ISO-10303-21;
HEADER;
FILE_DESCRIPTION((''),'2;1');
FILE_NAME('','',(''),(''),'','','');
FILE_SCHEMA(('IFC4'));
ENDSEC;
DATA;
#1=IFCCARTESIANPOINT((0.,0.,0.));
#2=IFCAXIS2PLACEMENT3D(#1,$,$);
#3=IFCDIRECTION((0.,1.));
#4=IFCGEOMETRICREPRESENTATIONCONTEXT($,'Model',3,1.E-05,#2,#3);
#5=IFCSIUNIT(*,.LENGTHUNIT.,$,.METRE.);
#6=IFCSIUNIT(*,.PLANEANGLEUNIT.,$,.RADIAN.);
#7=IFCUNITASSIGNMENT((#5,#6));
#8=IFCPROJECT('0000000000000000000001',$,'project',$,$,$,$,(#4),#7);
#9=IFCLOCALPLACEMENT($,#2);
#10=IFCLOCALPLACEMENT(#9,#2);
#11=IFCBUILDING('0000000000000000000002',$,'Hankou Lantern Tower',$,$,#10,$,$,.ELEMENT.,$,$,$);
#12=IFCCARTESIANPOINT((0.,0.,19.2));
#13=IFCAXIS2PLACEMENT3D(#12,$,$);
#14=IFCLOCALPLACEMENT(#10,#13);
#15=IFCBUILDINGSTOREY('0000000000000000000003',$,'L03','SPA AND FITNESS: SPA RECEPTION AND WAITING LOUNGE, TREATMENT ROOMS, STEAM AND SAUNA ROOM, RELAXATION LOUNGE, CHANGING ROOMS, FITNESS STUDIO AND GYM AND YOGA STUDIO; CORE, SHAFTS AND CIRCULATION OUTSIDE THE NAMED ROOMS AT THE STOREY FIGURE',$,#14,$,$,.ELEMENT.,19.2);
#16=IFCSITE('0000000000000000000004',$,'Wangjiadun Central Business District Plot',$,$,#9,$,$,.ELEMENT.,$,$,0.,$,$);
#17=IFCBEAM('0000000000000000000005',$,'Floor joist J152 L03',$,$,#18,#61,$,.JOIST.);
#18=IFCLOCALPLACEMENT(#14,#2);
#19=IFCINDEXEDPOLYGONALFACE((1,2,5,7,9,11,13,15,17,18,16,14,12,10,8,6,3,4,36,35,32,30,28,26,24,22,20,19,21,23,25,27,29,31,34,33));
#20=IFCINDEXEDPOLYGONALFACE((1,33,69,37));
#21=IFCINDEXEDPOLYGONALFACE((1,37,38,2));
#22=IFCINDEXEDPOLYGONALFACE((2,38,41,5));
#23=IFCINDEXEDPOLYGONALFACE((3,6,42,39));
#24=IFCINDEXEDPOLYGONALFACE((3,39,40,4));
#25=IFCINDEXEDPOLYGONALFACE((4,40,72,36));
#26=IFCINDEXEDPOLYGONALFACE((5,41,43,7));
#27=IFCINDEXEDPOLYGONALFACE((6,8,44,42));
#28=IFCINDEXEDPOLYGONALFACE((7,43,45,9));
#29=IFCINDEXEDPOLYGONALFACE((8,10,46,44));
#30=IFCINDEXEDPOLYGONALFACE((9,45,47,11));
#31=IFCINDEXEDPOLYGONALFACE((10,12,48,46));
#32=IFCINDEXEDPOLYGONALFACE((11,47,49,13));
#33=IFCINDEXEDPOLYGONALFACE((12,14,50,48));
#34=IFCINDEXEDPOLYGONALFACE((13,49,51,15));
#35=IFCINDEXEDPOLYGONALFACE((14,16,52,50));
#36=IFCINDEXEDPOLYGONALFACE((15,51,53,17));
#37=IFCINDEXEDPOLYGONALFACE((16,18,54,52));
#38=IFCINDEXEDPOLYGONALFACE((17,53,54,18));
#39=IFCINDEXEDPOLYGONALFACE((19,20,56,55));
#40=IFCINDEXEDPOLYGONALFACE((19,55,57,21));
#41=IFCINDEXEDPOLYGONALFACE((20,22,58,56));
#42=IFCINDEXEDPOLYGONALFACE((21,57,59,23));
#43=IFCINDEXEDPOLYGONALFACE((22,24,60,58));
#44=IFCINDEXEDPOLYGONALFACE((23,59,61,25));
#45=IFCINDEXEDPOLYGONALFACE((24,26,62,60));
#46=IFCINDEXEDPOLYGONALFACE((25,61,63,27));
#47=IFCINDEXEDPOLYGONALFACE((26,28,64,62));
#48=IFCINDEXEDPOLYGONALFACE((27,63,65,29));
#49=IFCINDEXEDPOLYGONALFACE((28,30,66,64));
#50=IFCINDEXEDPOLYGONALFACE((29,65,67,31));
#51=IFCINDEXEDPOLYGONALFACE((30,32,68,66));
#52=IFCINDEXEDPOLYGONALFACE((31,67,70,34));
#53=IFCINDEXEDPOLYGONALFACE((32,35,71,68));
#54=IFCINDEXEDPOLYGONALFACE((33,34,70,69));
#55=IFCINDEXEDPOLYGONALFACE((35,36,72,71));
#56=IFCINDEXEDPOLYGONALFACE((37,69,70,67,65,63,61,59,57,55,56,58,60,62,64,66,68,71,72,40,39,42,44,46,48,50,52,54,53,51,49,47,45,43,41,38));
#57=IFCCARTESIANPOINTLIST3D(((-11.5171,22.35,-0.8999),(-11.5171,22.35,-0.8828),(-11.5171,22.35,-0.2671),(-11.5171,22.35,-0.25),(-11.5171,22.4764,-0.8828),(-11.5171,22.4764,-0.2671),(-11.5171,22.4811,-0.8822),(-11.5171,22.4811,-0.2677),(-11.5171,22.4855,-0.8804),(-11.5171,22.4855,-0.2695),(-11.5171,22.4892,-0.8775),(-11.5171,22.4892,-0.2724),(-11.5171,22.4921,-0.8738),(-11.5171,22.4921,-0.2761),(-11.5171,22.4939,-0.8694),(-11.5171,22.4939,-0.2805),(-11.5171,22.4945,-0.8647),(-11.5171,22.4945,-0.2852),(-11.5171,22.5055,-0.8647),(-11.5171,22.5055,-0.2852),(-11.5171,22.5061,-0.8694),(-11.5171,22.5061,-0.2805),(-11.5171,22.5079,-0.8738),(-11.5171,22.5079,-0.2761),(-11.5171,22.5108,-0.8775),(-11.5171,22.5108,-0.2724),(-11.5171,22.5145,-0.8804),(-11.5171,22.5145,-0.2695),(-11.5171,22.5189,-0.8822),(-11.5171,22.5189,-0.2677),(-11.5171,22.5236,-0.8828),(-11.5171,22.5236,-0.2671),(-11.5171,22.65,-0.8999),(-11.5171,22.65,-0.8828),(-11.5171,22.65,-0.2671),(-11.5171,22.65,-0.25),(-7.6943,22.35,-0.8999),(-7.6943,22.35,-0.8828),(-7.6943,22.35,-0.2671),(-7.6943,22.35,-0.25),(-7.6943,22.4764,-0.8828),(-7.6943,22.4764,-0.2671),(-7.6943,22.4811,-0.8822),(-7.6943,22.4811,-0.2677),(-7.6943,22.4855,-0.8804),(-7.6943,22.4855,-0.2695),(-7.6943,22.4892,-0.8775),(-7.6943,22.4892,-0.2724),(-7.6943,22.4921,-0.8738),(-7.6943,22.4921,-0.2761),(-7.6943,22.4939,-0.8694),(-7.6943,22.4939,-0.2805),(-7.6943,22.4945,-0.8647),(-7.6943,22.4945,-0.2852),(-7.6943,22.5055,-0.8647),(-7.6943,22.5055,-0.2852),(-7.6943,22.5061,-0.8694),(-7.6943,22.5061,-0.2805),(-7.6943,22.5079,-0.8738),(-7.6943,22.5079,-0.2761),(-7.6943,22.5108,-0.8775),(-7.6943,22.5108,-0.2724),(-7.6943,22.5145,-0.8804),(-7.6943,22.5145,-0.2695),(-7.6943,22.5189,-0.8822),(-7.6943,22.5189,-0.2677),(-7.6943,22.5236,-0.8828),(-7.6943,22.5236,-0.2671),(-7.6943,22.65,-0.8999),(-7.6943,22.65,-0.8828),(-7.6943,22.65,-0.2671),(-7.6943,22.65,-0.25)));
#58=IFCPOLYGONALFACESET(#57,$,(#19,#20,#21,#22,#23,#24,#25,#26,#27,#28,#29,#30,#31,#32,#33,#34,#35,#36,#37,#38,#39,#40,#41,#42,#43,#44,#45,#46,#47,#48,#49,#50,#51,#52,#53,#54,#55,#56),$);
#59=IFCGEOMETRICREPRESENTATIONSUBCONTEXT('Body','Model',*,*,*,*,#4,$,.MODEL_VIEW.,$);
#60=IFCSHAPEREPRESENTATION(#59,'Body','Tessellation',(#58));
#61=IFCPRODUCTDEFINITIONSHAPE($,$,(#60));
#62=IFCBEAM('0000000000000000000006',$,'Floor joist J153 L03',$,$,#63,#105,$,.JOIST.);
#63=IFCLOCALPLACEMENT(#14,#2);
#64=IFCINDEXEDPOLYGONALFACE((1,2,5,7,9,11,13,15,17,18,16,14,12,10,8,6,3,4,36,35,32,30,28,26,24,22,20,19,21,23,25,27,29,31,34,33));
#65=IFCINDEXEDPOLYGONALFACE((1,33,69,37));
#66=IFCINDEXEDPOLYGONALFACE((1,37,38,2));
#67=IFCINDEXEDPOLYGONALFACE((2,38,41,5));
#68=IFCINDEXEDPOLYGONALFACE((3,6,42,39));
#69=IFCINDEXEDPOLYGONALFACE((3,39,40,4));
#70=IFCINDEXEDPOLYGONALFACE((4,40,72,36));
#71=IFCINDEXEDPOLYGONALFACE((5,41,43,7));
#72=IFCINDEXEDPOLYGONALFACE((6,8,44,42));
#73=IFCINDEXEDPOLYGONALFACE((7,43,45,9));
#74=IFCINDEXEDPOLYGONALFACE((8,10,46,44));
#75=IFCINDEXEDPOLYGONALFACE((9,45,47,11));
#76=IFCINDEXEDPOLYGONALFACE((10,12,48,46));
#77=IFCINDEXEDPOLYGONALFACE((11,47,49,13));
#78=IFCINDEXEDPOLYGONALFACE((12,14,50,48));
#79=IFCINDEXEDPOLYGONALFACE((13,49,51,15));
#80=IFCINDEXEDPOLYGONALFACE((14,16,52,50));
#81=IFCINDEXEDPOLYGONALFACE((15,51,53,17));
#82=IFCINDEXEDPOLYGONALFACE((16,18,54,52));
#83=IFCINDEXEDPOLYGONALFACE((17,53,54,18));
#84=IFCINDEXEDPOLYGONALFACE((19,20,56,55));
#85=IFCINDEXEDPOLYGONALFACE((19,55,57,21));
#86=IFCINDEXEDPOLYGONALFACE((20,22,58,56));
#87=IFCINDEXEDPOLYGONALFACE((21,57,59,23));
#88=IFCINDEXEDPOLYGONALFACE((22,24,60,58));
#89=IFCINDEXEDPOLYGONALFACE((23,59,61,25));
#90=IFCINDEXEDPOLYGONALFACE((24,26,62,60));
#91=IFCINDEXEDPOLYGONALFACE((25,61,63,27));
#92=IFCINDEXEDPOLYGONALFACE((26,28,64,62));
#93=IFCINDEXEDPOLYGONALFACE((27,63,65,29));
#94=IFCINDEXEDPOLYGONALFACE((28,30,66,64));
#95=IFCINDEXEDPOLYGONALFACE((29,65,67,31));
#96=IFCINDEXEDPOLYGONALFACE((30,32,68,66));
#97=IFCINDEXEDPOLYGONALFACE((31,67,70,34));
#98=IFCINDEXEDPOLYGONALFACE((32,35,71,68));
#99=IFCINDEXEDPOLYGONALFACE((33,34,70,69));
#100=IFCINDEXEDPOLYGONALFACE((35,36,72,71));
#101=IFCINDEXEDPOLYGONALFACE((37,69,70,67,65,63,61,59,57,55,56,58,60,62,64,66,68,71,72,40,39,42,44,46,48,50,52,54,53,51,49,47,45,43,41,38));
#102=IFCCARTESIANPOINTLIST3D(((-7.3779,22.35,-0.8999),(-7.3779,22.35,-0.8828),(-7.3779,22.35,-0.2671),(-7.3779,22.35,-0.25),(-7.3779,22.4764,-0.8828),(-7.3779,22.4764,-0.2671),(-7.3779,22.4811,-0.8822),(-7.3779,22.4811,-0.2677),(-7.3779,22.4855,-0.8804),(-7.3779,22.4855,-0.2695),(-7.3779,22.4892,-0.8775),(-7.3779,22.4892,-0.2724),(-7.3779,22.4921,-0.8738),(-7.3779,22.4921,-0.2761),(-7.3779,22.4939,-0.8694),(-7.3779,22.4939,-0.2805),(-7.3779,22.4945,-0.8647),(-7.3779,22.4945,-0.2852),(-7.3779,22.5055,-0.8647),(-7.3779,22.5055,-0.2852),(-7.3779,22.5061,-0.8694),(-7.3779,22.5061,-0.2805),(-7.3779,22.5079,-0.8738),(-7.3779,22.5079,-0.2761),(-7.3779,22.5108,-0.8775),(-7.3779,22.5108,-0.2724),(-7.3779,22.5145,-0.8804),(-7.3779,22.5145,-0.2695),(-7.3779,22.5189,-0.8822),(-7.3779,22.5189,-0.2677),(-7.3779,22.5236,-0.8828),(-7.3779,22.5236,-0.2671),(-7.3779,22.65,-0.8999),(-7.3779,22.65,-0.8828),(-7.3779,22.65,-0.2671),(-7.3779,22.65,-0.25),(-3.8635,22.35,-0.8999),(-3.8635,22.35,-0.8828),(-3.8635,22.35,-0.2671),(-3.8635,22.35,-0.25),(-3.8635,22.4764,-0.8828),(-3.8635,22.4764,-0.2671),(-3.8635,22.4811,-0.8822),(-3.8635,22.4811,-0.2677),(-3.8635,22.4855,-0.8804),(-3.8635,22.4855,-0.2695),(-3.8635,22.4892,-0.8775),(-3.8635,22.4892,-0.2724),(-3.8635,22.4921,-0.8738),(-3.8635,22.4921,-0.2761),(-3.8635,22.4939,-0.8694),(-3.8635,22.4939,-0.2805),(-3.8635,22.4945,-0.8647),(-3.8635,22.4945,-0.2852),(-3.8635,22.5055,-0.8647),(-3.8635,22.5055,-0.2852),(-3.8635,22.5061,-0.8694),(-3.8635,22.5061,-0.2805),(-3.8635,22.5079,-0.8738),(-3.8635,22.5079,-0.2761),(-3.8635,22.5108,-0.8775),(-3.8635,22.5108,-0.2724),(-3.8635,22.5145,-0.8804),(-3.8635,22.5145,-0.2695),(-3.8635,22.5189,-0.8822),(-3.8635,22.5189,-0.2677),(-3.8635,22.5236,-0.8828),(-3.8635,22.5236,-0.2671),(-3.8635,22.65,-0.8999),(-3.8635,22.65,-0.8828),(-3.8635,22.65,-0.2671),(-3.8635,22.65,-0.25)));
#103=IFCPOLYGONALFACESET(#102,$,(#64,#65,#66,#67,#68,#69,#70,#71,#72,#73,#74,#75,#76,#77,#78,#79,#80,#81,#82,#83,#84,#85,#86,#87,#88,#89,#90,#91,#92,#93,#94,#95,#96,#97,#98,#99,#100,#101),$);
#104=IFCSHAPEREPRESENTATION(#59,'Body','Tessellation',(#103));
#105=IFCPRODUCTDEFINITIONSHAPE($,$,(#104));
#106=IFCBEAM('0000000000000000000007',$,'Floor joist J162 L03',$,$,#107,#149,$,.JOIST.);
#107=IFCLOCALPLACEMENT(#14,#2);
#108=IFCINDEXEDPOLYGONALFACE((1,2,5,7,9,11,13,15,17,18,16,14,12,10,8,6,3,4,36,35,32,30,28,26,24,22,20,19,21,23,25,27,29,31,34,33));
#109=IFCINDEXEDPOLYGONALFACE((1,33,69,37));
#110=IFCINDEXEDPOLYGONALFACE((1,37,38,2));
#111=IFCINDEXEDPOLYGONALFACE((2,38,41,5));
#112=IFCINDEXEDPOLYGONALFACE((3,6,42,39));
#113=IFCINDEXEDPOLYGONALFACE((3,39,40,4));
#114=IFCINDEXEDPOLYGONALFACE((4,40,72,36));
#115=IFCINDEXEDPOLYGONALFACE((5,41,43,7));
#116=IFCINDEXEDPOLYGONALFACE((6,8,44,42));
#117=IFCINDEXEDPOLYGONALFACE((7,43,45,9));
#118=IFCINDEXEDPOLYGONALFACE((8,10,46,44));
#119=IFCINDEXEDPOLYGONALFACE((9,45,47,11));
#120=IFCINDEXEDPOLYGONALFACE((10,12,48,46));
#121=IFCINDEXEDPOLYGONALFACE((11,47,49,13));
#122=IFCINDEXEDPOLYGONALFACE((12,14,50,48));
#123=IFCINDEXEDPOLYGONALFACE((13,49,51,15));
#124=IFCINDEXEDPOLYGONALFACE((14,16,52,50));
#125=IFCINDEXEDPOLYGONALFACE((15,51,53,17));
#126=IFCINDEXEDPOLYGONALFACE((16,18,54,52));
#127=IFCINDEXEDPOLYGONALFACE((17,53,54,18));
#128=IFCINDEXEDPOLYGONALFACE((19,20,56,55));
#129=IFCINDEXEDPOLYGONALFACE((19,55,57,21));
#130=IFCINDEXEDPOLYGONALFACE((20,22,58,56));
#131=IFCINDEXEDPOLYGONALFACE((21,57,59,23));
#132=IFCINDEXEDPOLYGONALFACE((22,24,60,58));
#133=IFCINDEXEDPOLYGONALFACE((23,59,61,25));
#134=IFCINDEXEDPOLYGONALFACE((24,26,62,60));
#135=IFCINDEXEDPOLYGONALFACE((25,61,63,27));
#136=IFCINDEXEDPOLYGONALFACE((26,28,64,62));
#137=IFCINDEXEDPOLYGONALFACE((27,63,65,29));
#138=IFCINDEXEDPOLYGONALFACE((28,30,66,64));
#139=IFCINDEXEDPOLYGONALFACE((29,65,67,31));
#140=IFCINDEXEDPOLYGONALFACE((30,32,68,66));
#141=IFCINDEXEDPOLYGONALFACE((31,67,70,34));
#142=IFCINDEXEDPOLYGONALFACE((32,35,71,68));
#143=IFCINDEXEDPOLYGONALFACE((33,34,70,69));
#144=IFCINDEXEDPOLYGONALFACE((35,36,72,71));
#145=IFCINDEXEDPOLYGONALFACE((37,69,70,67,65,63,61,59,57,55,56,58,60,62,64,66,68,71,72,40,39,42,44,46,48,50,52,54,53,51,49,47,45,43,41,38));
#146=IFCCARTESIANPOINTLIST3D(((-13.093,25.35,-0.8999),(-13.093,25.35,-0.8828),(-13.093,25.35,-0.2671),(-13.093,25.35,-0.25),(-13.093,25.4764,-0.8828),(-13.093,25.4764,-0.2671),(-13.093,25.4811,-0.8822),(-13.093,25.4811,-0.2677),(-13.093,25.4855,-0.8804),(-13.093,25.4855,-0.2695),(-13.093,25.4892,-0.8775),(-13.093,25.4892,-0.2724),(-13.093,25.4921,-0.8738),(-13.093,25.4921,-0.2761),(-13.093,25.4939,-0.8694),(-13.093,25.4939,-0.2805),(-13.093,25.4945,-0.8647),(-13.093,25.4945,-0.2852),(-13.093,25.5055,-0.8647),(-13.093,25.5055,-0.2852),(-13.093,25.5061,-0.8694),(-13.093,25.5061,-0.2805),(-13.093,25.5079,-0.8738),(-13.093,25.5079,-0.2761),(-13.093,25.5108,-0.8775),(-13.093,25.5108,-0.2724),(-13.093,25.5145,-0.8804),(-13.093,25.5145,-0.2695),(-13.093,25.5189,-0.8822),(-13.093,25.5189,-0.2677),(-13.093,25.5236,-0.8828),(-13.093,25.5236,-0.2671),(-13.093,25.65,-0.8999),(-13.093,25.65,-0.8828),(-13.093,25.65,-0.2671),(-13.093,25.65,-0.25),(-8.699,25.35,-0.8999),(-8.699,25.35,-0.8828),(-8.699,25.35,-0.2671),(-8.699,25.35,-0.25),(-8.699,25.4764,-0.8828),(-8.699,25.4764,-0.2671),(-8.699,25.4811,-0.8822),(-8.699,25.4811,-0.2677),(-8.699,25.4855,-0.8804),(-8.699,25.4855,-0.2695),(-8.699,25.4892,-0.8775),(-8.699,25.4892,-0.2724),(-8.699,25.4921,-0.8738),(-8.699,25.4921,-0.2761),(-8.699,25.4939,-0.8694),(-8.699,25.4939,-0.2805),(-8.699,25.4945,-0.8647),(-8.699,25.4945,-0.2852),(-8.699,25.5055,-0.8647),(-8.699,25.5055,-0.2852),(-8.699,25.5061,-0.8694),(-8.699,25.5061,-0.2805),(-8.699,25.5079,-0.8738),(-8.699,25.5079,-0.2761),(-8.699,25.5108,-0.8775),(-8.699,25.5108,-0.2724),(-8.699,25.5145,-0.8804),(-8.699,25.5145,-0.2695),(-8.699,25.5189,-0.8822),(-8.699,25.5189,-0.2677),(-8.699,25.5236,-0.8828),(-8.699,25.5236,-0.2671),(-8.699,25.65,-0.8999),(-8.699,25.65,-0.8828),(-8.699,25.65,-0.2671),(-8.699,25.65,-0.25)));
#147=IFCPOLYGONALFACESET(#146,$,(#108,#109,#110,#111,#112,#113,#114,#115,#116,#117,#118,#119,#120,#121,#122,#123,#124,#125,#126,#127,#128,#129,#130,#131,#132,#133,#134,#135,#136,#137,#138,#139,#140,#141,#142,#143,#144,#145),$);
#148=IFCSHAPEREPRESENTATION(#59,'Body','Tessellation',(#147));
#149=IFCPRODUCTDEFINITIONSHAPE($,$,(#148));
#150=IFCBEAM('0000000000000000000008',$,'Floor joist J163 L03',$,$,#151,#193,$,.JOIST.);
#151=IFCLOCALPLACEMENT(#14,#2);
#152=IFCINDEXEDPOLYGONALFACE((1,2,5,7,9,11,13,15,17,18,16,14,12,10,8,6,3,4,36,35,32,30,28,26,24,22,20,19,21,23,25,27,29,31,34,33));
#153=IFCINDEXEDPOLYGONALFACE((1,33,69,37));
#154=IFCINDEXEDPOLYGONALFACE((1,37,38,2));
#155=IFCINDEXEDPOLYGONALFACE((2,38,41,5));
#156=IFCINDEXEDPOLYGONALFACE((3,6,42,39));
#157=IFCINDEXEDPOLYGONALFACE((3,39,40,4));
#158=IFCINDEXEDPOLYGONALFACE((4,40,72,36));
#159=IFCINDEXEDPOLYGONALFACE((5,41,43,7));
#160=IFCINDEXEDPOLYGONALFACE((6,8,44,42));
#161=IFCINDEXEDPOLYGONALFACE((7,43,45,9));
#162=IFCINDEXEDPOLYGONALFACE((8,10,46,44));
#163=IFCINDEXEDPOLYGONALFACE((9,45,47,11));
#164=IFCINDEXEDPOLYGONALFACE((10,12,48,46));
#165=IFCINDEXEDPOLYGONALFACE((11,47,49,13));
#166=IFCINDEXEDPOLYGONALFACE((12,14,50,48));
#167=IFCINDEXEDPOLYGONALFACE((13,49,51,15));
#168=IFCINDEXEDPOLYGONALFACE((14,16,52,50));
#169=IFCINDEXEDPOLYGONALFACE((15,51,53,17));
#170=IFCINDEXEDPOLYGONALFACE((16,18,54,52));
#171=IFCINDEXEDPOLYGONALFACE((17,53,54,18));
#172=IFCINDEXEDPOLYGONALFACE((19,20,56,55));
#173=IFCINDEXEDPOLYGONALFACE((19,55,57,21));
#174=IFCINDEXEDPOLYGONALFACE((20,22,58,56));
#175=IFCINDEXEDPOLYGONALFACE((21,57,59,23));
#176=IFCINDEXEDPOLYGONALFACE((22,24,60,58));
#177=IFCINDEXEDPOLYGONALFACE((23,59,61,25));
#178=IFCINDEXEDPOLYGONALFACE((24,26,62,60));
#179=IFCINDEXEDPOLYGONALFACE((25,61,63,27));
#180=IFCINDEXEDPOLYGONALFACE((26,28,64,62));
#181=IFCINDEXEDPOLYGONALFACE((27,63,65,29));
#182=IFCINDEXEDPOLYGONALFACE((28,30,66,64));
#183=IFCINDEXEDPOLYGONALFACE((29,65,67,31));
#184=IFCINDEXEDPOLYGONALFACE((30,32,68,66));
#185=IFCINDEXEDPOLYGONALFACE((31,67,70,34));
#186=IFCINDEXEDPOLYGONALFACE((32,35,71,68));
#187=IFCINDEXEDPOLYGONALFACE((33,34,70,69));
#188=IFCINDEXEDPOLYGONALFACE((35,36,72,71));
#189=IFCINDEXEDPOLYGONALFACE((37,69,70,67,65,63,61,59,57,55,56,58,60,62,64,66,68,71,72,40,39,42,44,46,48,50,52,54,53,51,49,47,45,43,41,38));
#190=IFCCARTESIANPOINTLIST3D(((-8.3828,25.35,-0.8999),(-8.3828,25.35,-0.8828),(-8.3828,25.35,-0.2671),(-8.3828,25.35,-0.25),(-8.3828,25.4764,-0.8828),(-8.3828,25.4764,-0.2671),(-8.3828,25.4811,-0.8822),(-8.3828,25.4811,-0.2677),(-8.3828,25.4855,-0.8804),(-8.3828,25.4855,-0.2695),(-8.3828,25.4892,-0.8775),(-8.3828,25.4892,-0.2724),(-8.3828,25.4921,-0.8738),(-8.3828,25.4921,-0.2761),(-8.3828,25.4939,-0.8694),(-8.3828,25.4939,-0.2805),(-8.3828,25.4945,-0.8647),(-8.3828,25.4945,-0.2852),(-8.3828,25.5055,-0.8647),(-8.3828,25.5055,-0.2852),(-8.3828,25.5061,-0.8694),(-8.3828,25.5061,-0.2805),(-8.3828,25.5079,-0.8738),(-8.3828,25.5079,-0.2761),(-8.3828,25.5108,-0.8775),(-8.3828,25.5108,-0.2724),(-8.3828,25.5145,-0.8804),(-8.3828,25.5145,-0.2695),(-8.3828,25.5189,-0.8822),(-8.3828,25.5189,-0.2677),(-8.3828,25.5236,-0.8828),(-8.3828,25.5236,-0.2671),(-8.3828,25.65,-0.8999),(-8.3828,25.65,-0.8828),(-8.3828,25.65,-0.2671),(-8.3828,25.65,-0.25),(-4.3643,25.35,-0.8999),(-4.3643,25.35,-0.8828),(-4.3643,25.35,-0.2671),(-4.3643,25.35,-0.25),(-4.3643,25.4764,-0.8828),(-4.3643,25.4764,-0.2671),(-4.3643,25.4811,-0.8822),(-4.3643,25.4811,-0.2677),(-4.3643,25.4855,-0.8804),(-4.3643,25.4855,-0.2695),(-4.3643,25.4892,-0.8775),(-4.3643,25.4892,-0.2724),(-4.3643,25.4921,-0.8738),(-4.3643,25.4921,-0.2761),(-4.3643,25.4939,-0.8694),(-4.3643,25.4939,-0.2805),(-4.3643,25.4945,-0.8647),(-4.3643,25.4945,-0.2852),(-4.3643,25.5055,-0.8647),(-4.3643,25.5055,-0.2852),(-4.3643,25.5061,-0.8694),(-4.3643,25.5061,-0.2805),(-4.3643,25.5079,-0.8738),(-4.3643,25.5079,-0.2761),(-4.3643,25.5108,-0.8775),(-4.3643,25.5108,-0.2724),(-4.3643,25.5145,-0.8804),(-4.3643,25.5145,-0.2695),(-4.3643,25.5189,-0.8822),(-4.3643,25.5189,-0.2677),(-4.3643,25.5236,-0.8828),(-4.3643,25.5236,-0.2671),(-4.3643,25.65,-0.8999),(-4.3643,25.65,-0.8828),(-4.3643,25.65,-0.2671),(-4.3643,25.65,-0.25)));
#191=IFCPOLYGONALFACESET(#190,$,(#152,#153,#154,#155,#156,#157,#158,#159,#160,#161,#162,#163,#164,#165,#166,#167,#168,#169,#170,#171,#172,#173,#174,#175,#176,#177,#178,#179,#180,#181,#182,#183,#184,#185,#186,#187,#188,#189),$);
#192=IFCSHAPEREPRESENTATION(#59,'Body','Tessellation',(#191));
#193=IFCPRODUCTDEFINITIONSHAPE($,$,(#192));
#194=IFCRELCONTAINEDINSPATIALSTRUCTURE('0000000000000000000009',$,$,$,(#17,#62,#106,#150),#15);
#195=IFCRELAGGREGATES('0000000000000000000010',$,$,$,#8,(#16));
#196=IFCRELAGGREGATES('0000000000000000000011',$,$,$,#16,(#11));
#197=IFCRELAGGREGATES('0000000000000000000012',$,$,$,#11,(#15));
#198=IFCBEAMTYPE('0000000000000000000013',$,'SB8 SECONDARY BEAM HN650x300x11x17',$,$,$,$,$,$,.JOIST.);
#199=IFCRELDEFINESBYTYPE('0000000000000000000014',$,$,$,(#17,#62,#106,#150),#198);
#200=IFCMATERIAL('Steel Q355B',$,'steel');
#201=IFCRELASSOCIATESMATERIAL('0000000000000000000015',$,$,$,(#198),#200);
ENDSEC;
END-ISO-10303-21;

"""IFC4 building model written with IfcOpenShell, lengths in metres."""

from ifc_helpers import new_model, si_unit, direction, frame, origin, origin_2d, place, context, subcontext, project, spatial, i_section, extrude, material, material_profile, profile_set, type_object, element, save


model = new_model("IFC4")

# Units and contexts
model_context = context("Model", 3, precision=1e-05, world=origin(), true_north=direction((0.0, 1.0)))
body_context = subcontext(model_context, "Body", "Model", "MODEL_VIEW")
ifc_project = project(units=[si_unit("LENGTHUNIT", "METRE"), si_unit("PLANEANGLEUNIT", "RADIAN")], contexts=[model_context])

# Site, building, storey
site_placement = place(None, origin())
site = spatial("IfcSite", under=ifc_project, at=site_placement, Name="Wangjiadun Central Business District Plot", CompositionType="ELEMENT", RefElevation=0.0)
building_placement = place(site_placement, origin())
building = spatial("IfcBuilding", under=site, at=building_placement, Name="Hankou Lantern Tower", CompositionType="ELEMENT")
storey_placement = place(building_placement, frame((0.0, 0.0, 19.2)))
storey = spatial("IfcBuildingStorey", under=building, at=storey_placement, Name="L03", Description="SPA AND FITNESS: SPA RECEPTION AND WAITING LOUNGE, TREATMENT ROOMS, STEAM AND SAUNA ROOM, RELAXATION LOUNGE, CHANGING ROOMS, FITNESS STUDIO AND GYM AND YOGA STUDIO; CORE, SHAFTS AND CIRCULATION OUTSIDE THE NAMED ROOMS AT THE STOREY FIGURE", CompositionType="ELEMENT", Elevation=19.2)

# Beams
ifc_material_1 = material(Name="Steel Q355B", Category="steel")
ifc_material_profile_1 = material_profile(ifc_material_1, i_section(OverallWidth=0.3, OverallDepth=0.6499, WebThickness=0.011, FlangeThickness=0.0171, FilletRadius=0.0181, at=origin_2d()), Name="HN650x300x11x17")
ifc_profile_set_1 = profile_set([ifc_material_profile_1], Name="Steel Q355B")
beam_type_1 = type_object("IfcBeamType", Name="SB8 SECONDARY BEAM HN650x300x11x17", PredefinedType="JOIST", material=ifc_profile_set_1)
beam_1_placement = place(storey_placement, frame((-11.5171, 22.5, -0.575), z_axis=(1.0, 0.0, 0.0), x_axis=(0.0, 1.0, 0.0)))
element("IfcBeam", 1, at=beam_1_placement, inside=storey, type_object=beam_type_1, Name="Floor joist J152 L03", PredefinedType="JOIST", context=body_context, shape_type="SweptSolid", body=[
    extrude(i_section(OverallWidth=0.3, OverallDepth=0.6499, WebThickness=0.011, FlangeThickness=0.0171, FilletRadius=0.0181, at=origin_2d()), origin(), (0.0, 0.0, 1.0), 3.8228),
])
beam_2_placement = place(storey_placement, frame((-7.3779, 22.5, -0.575), z_axis=(1.0, 0.0, 0.0), x_axis=(0.0, 1.0, 0.0)))
element("IfcBeam", 2, at=beam_2_placement, inside=storey, type_object=beam_type_1, Name="Floor joist J153 L03", PredefinedType="JOIST", context=body_context, shape_type="SweptSolid", body=[
    extrude(i_section(OverallWidth=0.3, OverallDepth=0.6499, WebThickness=0.011, FlangeThickness=0.0171, FilletRadius=0.0181, at=origin_2d()), origin(), (0.0, 0.0, 1.0), 3.5144),
])
beam_3_placement = place(storey_placement, frame((-13.093, 25.5, -0.575), z_axis=(1.0, 0.0, 0.0), x_axis=(0.0, 1.0, 0.0)))
element("IfcBeam", 3, at=beam_3_placement, inside=storey, type_object=beam_type_1, Name="Floor joist J162 L03", PredefinedType="JOIST", context=body_context, shape_type="SweptSolid", body=[
    extrude(i_section(OverallWidth=0.3, OverallDepth=0.6499, WebThickness=0.011, FlangeThickness=0.0171, FilletRadius=0.0181, at=origin_2d()), origin(), (0.0, 0.0, 1.0), 4.394),
])
beam_4_placement = place(storey_placement, frame((-8.3828, 25.5, -0.575), z_axis=(1.0, 0.0, 0.0), x_axis=(0.0, 1.0, 0.0)))
element("IfcBeam", 4, at=beam_4_placement, inside=storey, type_object=beam_type_1, Name="Floor joist J163 L03", PredefinedType="JOIST", context=body_context, shape_type="SweptSolid", body=[
    extrude(i_section(OverallWidth=0.3, OverallDepth=0.6499, WebThickness=0.011, FlangeThickness=0.0171, FilletRadius=0.0181, at=origin_2d()), origin(), (0.0, 0.0, 1.0), 4.0186),
])

save(model, "model.ifc")
